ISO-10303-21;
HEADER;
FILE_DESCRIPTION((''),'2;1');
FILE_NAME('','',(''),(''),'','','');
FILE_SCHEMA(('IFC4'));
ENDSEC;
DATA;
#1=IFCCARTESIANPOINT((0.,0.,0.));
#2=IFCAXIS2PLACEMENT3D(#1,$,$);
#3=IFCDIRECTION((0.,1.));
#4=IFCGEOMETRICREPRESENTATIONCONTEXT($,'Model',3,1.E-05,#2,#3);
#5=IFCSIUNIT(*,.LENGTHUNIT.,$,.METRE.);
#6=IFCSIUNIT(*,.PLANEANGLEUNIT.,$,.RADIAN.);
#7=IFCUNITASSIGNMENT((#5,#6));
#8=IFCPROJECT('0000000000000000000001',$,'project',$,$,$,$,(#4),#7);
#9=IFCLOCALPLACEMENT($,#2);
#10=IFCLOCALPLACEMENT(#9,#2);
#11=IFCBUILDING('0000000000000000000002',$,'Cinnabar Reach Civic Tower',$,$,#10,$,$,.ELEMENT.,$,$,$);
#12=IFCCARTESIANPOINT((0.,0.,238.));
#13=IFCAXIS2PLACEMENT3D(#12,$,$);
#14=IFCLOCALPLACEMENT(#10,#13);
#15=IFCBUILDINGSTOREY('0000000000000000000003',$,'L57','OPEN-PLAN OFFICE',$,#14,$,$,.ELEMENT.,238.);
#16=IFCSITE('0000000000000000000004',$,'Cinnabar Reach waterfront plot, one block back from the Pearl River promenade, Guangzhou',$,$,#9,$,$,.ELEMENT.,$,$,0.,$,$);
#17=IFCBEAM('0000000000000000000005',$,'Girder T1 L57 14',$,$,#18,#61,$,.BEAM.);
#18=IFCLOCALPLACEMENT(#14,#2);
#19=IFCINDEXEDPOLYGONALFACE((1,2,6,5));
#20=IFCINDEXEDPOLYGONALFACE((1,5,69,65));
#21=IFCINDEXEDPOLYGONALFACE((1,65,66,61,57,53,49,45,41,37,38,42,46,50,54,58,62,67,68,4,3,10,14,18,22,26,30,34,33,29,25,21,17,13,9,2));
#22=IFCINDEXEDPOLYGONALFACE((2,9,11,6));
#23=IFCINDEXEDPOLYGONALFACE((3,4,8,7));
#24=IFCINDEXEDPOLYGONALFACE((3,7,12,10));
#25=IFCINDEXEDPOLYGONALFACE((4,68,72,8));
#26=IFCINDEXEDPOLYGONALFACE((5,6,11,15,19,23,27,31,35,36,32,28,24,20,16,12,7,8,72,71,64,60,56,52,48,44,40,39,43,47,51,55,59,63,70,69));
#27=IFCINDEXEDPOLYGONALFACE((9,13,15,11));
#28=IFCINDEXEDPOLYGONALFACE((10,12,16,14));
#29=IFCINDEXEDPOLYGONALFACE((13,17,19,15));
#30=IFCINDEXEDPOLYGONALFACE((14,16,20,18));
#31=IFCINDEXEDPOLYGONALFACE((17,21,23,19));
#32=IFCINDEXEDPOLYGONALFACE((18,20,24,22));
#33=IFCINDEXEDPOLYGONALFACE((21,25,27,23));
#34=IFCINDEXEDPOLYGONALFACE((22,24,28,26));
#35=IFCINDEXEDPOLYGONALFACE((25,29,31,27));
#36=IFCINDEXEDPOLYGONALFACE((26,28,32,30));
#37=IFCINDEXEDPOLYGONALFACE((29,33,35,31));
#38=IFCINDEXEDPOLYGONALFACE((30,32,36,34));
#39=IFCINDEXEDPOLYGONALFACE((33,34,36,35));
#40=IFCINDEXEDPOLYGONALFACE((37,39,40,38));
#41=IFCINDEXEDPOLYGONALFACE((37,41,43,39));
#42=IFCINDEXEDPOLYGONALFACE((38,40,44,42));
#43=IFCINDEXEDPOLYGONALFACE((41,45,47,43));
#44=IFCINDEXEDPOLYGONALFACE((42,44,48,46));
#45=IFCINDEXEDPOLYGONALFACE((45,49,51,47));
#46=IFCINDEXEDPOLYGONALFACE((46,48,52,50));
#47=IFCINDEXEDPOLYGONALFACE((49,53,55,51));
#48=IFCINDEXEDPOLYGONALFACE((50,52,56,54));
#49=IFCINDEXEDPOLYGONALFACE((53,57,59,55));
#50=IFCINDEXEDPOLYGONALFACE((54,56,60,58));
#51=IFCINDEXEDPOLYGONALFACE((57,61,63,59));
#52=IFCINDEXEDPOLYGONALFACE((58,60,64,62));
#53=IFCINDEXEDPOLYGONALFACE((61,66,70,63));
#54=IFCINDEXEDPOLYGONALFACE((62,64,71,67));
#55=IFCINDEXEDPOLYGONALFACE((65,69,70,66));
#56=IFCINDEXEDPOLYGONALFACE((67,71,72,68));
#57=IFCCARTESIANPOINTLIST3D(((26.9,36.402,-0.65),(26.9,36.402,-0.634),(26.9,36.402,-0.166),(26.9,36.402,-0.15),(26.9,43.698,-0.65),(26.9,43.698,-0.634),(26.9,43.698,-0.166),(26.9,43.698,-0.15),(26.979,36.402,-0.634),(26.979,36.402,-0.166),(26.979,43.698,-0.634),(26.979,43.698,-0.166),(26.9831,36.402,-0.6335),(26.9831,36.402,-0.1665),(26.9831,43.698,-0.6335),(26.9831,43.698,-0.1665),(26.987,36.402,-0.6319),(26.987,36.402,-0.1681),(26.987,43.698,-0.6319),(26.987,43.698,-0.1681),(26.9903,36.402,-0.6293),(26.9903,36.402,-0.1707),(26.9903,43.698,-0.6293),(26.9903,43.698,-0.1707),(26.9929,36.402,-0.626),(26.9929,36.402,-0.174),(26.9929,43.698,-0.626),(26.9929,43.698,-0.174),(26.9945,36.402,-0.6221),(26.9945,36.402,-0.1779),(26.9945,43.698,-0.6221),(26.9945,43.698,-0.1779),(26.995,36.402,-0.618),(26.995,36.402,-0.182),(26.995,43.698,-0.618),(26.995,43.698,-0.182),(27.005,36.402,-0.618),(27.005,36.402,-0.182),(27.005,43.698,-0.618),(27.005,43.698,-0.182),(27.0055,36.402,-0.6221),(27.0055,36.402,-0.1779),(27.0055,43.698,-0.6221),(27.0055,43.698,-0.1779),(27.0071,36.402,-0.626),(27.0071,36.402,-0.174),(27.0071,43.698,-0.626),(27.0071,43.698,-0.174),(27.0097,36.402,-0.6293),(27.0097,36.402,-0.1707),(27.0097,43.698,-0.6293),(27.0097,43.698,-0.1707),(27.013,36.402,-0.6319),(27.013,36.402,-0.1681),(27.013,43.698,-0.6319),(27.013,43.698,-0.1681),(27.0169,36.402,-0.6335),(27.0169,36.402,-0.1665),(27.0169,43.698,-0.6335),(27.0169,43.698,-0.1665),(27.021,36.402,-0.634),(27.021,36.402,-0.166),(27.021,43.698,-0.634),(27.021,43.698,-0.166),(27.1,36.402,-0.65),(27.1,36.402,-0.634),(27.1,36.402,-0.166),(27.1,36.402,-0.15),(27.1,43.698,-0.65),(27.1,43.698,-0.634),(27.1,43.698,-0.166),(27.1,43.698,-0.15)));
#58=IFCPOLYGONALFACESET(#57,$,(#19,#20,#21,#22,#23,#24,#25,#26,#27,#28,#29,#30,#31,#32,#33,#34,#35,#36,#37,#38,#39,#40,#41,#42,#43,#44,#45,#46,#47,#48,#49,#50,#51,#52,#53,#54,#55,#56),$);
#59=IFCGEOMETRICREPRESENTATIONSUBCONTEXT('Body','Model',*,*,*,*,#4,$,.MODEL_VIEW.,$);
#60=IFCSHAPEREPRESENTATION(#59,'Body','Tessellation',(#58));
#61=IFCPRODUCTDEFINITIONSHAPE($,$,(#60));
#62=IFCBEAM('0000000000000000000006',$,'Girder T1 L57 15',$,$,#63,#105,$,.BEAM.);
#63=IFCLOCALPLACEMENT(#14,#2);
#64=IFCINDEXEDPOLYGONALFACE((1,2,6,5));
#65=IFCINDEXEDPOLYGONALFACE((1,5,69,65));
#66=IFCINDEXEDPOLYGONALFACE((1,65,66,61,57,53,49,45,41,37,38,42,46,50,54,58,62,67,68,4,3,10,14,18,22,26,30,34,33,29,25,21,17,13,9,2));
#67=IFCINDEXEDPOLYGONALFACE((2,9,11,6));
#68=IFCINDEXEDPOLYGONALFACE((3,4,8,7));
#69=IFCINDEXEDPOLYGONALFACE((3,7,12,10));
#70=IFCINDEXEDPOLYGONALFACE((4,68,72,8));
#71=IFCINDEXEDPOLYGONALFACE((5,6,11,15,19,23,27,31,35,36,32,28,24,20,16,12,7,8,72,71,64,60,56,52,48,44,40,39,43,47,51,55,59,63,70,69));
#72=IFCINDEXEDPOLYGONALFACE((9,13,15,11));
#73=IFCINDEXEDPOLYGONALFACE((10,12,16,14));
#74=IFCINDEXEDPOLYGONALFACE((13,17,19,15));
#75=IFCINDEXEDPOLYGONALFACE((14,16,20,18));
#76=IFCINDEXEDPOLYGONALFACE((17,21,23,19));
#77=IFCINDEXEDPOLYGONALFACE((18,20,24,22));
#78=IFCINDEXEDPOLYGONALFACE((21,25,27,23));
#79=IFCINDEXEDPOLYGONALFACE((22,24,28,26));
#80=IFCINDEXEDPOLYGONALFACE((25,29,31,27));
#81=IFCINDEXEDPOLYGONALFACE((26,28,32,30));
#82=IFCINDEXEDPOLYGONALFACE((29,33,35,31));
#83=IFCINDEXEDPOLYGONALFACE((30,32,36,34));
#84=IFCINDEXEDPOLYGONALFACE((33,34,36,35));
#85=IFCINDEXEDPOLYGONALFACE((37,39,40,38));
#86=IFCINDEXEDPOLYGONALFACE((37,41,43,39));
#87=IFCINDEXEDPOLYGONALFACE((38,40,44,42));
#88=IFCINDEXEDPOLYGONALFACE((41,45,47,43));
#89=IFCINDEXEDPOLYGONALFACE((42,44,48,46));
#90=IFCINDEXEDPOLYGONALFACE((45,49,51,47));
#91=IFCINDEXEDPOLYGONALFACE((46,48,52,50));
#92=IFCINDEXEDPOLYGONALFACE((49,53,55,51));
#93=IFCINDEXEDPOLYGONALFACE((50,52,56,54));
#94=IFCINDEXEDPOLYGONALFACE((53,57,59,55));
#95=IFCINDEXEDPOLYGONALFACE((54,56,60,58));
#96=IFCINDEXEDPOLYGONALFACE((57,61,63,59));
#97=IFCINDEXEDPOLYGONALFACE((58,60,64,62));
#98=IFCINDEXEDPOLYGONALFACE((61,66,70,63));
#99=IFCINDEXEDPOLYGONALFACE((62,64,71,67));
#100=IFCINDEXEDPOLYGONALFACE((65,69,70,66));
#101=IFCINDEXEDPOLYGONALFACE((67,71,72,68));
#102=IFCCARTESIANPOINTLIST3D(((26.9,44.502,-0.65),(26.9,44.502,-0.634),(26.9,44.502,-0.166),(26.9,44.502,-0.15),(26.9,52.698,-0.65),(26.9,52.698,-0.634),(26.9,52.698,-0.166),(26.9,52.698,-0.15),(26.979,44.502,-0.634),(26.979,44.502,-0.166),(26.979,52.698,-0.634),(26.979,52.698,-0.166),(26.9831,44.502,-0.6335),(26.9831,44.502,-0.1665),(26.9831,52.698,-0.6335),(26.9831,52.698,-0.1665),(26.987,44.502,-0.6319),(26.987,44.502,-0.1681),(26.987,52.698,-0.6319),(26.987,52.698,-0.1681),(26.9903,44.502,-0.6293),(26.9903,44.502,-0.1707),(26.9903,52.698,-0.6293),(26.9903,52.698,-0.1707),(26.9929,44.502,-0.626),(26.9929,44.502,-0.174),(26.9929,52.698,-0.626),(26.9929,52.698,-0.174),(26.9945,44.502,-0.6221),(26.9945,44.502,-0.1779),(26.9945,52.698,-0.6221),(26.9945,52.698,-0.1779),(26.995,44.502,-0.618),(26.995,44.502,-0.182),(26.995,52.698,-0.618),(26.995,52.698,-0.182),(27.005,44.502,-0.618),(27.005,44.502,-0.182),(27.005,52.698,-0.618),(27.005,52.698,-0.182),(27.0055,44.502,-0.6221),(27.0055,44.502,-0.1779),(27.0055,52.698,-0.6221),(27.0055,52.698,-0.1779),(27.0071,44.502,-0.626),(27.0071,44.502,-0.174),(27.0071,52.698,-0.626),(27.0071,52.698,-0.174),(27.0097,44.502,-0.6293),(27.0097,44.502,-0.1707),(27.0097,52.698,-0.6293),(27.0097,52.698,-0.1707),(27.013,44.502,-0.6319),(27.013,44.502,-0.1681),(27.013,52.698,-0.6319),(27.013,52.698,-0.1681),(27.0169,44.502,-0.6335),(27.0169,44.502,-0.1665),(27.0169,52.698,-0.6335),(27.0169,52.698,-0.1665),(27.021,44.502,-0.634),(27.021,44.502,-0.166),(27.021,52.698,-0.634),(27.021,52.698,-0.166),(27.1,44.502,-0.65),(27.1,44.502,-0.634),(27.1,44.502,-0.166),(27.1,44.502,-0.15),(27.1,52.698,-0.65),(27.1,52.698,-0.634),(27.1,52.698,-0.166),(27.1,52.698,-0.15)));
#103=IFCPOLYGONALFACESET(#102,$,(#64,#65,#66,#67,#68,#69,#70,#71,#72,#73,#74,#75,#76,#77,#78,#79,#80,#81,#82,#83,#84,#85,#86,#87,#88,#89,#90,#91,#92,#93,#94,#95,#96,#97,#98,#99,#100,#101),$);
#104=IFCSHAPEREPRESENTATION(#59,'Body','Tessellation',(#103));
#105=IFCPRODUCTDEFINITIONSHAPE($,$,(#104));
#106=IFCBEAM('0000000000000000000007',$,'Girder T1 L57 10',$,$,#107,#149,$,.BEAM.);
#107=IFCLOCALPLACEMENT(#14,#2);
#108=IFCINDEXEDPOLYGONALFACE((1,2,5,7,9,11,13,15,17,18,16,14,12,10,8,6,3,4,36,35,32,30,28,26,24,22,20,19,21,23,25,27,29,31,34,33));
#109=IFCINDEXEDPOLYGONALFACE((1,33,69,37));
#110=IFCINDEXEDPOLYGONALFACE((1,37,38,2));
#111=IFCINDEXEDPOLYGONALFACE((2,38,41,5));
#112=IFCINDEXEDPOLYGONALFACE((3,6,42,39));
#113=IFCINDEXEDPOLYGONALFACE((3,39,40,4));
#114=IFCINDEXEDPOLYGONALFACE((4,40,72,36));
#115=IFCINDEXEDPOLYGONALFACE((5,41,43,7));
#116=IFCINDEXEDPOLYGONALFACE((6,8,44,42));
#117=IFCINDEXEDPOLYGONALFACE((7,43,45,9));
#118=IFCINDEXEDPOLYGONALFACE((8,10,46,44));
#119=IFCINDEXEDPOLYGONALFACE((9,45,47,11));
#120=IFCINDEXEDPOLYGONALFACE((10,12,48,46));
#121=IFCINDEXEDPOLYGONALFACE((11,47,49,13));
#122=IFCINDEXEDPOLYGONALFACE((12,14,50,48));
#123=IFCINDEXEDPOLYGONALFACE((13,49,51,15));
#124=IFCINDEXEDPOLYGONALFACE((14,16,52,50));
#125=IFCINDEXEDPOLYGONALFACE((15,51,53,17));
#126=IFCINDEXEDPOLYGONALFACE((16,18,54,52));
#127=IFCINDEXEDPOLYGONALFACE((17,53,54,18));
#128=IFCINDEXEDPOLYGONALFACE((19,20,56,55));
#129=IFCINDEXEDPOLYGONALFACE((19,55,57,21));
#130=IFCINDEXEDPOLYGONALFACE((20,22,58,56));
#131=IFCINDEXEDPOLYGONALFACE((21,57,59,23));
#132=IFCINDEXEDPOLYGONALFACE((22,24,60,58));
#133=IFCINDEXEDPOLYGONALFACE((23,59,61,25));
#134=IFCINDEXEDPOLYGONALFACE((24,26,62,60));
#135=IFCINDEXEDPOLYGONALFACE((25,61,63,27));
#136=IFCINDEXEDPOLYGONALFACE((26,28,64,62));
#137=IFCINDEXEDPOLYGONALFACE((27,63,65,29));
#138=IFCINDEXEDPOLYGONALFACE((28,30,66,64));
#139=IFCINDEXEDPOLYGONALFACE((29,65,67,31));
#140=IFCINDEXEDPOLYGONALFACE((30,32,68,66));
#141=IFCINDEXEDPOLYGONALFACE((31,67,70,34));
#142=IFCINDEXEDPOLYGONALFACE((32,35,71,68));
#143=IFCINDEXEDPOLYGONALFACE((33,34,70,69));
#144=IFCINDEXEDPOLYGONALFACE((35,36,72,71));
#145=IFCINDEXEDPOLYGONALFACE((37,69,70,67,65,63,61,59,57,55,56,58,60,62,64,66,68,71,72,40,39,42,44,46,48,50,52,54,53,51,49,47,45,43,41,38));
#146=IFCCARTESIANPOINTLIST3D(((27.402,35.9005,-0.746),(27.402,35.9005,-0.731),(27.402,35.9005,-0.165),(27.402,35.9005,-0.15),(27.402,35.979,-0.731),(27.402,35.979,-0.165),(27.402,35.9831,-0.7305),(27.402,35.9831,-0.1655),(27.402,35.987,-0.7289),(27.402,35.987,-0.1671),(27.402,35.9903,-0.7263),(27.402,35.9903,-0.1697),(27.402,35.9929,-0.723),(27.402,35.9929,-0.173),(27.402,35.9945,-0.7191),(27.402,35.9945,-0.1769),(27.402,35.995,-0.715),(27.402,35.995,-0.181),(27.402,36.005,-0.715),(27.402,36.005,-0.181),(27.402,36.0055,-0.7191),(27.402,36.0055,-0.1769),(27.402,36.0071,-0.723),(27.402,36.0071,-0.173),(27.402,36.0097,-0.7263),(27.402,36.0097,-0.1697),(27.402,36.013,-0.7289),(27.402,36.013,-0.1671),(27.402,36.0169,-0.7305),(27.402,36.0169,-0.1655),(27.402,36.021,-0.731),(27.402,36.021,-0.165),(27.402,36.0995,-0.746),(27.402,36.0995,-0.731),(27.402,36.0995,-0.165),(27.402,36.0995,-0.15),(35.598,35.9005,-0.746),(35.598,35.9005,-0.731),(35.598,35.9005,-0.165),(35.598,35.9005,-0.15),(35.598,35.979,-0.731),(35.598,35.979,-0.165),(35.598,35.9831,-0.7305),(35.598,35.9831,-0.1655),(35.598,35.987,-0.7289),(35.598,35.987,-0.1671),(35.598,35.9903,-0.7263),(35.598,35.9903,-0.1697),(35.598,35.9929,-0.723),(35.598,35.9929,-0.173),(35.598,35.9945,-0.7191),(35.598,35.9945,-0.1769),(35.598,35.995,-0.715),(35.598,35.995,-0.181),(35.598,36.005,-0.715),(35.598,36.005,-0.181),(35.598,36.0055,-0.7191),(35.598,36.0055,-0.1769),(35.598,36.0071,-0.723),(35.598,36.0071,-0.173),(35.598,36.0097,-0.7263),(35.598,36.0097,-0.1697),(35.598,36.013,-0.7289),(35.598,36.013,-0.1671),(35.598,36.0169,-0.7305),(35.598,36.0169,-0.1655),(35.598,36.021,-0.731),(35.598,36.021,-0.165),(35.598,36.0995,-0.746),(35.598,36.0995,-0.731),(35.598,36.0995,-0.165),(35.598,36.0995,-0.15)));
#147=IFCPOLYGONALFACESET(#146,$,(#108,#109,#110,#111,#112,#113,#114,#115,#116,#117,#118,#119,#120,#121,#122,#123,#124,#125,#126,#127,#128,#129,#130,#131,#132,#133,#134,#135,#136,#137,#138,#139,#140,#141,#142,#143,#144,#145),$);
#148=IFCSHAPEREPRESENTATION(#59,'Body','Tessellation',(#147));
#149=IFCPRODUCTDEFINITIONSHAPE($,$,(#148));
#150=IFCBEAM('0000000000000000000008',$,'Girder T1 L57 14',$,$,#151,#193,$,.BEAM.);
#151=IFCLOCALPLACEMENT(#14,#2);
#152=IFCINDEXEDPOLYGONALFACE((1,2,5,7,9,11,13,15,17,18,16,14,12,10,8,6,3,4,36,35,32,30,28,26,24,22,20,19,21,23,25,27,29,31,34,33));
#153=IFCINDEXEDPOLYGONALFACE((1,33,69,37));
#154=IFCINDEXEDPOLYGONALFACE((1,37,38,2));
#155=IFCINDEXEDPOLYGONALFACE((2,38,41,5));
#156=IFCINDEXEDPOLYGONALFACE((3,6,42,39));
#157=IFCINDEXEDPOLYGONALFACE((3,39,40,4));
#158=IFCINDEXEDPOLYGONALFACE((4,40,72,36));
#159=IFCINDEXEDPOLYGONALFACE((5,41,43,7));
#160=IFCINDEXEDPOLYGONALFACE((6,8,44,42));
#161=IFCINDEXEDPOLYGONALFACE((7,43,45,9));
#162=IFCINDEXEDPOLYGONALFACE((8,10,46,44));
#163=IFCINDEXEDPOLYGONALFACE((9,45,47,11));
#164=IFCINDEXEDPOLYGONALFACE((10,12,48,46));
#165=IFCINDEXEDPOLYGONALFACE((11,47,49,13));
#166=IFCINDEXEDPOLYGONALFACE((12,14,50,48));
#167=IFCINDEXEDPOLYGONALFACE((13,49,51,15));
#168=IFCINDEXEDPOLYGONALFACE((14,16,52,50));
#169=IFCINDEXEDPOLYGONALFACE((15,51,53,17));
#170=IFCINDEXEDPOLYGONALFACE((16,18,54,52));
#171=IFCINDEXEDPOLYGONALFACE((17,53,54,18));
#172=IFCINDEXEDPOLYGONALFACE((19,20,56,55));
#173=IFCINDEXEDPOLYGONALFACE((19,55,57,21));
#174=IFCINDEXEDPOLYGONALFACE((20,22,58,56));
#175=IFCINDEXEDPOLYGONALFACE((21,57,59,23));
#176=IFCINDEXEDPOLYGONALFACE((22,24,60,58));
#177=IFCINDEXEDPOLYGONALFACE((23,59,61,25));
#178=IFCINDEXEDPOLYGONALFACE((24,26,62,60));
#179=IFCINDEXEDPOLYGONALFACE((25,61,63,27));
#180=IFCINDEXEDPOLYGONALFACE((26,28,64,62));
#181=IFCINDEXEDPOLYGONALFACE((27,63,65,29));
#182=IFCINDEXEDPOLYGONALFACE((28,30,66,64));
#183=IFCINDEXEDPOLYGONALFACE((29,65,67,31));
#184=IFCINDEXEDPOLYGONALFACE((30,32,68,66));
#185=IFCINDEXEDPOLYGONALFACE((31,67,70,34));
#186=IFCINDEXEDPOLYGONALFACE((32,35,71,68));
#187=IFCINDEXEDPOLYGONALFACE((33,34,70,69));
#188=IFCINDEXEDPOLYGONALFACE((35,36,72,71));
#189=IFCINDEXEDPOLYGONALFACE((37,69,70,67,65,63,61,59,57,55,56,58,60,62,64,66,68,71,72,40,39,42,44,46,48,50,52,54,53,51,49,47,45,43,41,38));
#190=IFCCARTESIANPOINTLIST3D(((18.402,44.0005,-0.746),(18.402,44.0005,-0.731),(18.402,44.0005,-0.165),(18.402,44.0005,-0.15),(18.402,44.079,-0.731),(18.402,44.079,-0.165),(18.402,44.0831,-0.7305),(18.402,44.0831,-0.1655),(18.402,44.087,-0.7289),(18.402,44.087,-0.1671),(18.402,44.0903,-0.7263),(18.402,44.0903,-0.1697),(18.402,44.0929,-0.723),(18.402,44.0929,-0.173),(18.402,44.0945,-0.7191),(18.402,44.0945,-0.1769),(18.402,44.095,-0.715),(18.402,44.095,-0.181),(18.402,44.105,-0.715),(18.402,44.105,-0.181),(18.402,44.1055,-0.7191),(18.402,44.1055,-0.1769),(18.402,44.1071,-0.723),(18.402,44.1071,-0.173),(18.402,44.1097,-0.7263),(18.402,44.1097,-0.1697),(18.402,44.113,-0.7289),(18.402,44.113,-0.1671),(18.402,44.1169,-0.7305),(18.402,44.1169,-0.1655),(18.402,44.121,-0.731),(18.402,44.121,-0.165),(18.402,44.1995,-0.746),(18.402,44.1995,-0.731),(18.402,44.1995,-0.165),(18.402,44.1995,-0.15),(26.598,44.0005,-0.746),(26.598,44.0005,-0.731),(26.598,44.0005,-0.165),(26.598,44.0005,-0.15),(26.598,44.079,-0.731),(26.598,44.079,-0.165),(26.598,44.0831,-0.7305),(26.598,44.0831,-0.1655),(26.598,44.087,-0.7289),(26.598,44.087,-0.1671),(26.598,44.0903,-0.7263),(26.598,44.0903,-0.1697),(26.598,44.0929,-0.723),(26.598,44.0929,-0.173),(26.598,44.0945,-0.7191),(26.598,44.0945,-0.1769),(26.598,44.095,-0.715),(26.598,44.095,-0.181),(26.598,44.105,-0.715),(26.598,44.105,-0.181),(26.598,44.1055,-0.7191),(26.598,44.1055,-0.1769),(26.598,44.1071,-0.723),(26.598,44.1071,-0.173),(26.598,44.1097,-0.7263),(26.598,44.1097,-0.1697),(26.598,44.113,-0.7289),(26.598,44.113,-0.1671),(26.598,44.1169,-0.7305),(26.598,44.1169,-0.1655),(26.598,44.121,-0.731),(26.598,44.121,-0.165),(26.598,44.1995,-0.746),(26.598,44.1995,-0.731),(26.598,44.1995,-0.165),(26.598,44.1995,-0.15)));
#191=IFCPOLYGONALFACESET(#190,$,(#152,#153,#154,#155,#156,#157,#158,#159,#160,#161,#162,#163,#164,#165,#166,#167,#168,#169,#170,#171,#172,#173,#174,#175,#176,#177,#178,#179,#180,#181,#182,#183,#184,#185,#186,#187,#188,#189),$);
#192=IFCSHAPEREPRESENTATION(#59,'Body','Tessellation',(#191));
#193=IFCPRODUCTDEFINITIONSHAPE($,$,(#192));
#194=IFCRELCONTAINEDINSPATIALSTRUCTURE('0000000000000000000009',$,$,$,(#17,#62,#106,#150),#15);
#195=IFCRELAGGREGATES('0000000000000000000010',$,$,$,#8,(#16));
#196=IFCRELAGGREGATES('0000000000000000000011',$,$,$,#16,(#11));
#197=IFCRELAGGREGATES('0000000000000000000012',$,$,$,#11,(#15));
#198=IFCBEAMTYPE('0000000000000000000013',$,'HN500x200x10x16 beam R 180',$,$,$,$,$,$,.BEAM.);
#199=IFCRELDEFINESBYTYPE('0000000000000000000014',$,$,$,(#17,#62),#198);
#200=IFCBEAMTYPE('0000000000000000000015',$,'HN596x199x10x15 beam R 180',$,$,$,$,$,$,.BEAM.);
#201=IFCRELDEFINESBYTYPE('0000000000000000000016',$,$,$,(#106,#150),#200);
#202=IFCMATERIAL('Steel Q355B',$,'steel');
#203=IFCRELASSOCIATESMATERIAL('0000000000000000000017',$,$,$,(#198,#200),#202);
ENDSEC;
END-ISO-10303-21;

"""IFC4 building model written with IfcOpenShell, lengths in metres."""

from ifc_helpers import new_model, si_unit, direction, frame, origin, origin_2d, place, context, subcontext, project, spatial, i_section, extrude, material, material_profile, profile_set, type_object, element, save


model = new_model("IFC4")

# Units and contexts
model_context = context("Model", 3, precision=1e-05, world=origin(), true_north=direction((0.0, 1.0)))
body_context = subcontext(model_context, "Body", "Model", "MODEL_VIEW")
ifc_project = project(units=[si_unit("LENGTHUNIT", "METRE"), si_unit("PLANEANGLEUNIT", "RADIAN")], contexts=[model_context])

# Site, building, storey
site_placement = place(None, origin())
site = spatial("IfcSite", under=ifc_project, at=site_placement, Name="Cinnabar Reach waterfront plot, one block back from the Pearl River promenade, Guangzhou", CompositionType="ELEMENT", RefElevation=0.0)
building_placement = place(site_placement, origin())
building = spatial("IfcBuilding", under=site, at=building_placement, Name="Cinnabar Reach Civic Tower", CompositionType="ELEMENT")
storey_placement = place(building_placement, frame((0.0, 0.0, 238.0)))
storey = spatial("IfcBuildingStorey", under=building, at=storey_placement, Name="L57", Description="OPEN-PLAN OFFICE", CompositionType="ELEMENT", Elevation=238.0)

# Beams
ifc_material_1 = material(Name="Steel Q355B", Category="steel")
ifc_material_profile_1 = material_profile(ifc_material_1, i_section(OverallWidth=0.2, OverallDepth=0.5, WebThickness=0.01, FlangeThickness=0.016, FilletRadius=0.016, at=origin_2d()), Name="HN500x200x10x16")
ifc_profile_set_1 = profile_set([ifc_material_profile_1], Name="Steel Q355B")
beam_type_1 = type_object("IfcBeamType", Name="HN500x200x10x16 beam R 180", PredefinedType="BEAM", material=ifc_profile_set_1)
beam_1_placement = place(storey_placement, frame((27.0, 36.402, -0.4), z_axis=(0.0, 1.0, 0.0), x_axis=(-1.0, 0.0, 0.0)))
element("IfcBeam", 1, at=beam_1_placement, inside=storey, type_object=beam_type_1, Name="Girder T1 L57 14", PredefinedType="BEAM", context=body_context, shape_type="SweptSolid", body=[
    extrude(i_section(OverallWidth=0.2, OverallDepth=0.5, WebThickness=0.01, FlangeThickness=0.016, FilletRadius=0.016, at=origin_2d()), origin(), (0.0, 0.0, 1.0), 7.296),
])
beam_2_placement = place(storey_placement, frame((27.0, 44.502, -0.4), z_axis=(0.0, 1.0, 0.0), x_axis=(-1.0, 0.0, 0.0)))
element("IfcBeam", 2, at=beam_2_placement, inside=storey, type_object=beam_type_1, Name="Girder T1 L57 15", PredefinedType="BEAM", context=body_context, shape_type="SweptSolid", body=[
    extrude(i_section(OverallWidth=0.2, OverallDepth=0.5, WebThickness=0.01, FlangeThickness=0.016, FilletRadius=0.016, at=origin_2d()), origin(), (0.0, 0.0, 1.0), 8.196),
])
ifc_material_profile_2 = material_profile(ifc_material_1, i_section(OverallWidth=0.199, OverallDepth=0.596, WebThickness=0.01, FlangeThickness=0.015, FilletRadius=0.016, at=origin_2d()), Name="HN596x199x10x15")
ifc_profile_set_2 = profile_set([ifc_material_profile_2], Name="Steel Q355B")
beam_type_2 = type_object("IfcBeamType", Name="HN596x199x10x15 beam R 180", PredefinedType="BEAM", material=ifc_profile_set_2)
for number, where, z_axis, x_axis, name in (
    (3, (27.402, 36.0, -0.448), (1.0, 0.0, 0.0), (0.0, 1.0, 0.0), "Girder T1 L57 10"),
    (4, (18.402, 44.1, -0.448), (1.0, 0.0, 0.0), (0.0, 1.0, 0.0), "Girder T1 L57 14"),
):
    element("IfcBeam", number, at=place(storey_placement, frame(where, z_axis=z_axis, x_axis=x_axis)), inside=storey, type_object=beam_type_2, Name=name, PredefinedType="BEAM", context=body_context, shape_type="SweptSolid", body=[
        extrude(i_section(OverallWidth=0.199, OverallDepth=0.596, WebThickness=0.01, FlangeThickness=0.015, FilletRadius=0.016, at=origin_2d()), origin(), (0.0, 0.0, 1.0), 8.196),
    ])

save(model, "model.ifc")
